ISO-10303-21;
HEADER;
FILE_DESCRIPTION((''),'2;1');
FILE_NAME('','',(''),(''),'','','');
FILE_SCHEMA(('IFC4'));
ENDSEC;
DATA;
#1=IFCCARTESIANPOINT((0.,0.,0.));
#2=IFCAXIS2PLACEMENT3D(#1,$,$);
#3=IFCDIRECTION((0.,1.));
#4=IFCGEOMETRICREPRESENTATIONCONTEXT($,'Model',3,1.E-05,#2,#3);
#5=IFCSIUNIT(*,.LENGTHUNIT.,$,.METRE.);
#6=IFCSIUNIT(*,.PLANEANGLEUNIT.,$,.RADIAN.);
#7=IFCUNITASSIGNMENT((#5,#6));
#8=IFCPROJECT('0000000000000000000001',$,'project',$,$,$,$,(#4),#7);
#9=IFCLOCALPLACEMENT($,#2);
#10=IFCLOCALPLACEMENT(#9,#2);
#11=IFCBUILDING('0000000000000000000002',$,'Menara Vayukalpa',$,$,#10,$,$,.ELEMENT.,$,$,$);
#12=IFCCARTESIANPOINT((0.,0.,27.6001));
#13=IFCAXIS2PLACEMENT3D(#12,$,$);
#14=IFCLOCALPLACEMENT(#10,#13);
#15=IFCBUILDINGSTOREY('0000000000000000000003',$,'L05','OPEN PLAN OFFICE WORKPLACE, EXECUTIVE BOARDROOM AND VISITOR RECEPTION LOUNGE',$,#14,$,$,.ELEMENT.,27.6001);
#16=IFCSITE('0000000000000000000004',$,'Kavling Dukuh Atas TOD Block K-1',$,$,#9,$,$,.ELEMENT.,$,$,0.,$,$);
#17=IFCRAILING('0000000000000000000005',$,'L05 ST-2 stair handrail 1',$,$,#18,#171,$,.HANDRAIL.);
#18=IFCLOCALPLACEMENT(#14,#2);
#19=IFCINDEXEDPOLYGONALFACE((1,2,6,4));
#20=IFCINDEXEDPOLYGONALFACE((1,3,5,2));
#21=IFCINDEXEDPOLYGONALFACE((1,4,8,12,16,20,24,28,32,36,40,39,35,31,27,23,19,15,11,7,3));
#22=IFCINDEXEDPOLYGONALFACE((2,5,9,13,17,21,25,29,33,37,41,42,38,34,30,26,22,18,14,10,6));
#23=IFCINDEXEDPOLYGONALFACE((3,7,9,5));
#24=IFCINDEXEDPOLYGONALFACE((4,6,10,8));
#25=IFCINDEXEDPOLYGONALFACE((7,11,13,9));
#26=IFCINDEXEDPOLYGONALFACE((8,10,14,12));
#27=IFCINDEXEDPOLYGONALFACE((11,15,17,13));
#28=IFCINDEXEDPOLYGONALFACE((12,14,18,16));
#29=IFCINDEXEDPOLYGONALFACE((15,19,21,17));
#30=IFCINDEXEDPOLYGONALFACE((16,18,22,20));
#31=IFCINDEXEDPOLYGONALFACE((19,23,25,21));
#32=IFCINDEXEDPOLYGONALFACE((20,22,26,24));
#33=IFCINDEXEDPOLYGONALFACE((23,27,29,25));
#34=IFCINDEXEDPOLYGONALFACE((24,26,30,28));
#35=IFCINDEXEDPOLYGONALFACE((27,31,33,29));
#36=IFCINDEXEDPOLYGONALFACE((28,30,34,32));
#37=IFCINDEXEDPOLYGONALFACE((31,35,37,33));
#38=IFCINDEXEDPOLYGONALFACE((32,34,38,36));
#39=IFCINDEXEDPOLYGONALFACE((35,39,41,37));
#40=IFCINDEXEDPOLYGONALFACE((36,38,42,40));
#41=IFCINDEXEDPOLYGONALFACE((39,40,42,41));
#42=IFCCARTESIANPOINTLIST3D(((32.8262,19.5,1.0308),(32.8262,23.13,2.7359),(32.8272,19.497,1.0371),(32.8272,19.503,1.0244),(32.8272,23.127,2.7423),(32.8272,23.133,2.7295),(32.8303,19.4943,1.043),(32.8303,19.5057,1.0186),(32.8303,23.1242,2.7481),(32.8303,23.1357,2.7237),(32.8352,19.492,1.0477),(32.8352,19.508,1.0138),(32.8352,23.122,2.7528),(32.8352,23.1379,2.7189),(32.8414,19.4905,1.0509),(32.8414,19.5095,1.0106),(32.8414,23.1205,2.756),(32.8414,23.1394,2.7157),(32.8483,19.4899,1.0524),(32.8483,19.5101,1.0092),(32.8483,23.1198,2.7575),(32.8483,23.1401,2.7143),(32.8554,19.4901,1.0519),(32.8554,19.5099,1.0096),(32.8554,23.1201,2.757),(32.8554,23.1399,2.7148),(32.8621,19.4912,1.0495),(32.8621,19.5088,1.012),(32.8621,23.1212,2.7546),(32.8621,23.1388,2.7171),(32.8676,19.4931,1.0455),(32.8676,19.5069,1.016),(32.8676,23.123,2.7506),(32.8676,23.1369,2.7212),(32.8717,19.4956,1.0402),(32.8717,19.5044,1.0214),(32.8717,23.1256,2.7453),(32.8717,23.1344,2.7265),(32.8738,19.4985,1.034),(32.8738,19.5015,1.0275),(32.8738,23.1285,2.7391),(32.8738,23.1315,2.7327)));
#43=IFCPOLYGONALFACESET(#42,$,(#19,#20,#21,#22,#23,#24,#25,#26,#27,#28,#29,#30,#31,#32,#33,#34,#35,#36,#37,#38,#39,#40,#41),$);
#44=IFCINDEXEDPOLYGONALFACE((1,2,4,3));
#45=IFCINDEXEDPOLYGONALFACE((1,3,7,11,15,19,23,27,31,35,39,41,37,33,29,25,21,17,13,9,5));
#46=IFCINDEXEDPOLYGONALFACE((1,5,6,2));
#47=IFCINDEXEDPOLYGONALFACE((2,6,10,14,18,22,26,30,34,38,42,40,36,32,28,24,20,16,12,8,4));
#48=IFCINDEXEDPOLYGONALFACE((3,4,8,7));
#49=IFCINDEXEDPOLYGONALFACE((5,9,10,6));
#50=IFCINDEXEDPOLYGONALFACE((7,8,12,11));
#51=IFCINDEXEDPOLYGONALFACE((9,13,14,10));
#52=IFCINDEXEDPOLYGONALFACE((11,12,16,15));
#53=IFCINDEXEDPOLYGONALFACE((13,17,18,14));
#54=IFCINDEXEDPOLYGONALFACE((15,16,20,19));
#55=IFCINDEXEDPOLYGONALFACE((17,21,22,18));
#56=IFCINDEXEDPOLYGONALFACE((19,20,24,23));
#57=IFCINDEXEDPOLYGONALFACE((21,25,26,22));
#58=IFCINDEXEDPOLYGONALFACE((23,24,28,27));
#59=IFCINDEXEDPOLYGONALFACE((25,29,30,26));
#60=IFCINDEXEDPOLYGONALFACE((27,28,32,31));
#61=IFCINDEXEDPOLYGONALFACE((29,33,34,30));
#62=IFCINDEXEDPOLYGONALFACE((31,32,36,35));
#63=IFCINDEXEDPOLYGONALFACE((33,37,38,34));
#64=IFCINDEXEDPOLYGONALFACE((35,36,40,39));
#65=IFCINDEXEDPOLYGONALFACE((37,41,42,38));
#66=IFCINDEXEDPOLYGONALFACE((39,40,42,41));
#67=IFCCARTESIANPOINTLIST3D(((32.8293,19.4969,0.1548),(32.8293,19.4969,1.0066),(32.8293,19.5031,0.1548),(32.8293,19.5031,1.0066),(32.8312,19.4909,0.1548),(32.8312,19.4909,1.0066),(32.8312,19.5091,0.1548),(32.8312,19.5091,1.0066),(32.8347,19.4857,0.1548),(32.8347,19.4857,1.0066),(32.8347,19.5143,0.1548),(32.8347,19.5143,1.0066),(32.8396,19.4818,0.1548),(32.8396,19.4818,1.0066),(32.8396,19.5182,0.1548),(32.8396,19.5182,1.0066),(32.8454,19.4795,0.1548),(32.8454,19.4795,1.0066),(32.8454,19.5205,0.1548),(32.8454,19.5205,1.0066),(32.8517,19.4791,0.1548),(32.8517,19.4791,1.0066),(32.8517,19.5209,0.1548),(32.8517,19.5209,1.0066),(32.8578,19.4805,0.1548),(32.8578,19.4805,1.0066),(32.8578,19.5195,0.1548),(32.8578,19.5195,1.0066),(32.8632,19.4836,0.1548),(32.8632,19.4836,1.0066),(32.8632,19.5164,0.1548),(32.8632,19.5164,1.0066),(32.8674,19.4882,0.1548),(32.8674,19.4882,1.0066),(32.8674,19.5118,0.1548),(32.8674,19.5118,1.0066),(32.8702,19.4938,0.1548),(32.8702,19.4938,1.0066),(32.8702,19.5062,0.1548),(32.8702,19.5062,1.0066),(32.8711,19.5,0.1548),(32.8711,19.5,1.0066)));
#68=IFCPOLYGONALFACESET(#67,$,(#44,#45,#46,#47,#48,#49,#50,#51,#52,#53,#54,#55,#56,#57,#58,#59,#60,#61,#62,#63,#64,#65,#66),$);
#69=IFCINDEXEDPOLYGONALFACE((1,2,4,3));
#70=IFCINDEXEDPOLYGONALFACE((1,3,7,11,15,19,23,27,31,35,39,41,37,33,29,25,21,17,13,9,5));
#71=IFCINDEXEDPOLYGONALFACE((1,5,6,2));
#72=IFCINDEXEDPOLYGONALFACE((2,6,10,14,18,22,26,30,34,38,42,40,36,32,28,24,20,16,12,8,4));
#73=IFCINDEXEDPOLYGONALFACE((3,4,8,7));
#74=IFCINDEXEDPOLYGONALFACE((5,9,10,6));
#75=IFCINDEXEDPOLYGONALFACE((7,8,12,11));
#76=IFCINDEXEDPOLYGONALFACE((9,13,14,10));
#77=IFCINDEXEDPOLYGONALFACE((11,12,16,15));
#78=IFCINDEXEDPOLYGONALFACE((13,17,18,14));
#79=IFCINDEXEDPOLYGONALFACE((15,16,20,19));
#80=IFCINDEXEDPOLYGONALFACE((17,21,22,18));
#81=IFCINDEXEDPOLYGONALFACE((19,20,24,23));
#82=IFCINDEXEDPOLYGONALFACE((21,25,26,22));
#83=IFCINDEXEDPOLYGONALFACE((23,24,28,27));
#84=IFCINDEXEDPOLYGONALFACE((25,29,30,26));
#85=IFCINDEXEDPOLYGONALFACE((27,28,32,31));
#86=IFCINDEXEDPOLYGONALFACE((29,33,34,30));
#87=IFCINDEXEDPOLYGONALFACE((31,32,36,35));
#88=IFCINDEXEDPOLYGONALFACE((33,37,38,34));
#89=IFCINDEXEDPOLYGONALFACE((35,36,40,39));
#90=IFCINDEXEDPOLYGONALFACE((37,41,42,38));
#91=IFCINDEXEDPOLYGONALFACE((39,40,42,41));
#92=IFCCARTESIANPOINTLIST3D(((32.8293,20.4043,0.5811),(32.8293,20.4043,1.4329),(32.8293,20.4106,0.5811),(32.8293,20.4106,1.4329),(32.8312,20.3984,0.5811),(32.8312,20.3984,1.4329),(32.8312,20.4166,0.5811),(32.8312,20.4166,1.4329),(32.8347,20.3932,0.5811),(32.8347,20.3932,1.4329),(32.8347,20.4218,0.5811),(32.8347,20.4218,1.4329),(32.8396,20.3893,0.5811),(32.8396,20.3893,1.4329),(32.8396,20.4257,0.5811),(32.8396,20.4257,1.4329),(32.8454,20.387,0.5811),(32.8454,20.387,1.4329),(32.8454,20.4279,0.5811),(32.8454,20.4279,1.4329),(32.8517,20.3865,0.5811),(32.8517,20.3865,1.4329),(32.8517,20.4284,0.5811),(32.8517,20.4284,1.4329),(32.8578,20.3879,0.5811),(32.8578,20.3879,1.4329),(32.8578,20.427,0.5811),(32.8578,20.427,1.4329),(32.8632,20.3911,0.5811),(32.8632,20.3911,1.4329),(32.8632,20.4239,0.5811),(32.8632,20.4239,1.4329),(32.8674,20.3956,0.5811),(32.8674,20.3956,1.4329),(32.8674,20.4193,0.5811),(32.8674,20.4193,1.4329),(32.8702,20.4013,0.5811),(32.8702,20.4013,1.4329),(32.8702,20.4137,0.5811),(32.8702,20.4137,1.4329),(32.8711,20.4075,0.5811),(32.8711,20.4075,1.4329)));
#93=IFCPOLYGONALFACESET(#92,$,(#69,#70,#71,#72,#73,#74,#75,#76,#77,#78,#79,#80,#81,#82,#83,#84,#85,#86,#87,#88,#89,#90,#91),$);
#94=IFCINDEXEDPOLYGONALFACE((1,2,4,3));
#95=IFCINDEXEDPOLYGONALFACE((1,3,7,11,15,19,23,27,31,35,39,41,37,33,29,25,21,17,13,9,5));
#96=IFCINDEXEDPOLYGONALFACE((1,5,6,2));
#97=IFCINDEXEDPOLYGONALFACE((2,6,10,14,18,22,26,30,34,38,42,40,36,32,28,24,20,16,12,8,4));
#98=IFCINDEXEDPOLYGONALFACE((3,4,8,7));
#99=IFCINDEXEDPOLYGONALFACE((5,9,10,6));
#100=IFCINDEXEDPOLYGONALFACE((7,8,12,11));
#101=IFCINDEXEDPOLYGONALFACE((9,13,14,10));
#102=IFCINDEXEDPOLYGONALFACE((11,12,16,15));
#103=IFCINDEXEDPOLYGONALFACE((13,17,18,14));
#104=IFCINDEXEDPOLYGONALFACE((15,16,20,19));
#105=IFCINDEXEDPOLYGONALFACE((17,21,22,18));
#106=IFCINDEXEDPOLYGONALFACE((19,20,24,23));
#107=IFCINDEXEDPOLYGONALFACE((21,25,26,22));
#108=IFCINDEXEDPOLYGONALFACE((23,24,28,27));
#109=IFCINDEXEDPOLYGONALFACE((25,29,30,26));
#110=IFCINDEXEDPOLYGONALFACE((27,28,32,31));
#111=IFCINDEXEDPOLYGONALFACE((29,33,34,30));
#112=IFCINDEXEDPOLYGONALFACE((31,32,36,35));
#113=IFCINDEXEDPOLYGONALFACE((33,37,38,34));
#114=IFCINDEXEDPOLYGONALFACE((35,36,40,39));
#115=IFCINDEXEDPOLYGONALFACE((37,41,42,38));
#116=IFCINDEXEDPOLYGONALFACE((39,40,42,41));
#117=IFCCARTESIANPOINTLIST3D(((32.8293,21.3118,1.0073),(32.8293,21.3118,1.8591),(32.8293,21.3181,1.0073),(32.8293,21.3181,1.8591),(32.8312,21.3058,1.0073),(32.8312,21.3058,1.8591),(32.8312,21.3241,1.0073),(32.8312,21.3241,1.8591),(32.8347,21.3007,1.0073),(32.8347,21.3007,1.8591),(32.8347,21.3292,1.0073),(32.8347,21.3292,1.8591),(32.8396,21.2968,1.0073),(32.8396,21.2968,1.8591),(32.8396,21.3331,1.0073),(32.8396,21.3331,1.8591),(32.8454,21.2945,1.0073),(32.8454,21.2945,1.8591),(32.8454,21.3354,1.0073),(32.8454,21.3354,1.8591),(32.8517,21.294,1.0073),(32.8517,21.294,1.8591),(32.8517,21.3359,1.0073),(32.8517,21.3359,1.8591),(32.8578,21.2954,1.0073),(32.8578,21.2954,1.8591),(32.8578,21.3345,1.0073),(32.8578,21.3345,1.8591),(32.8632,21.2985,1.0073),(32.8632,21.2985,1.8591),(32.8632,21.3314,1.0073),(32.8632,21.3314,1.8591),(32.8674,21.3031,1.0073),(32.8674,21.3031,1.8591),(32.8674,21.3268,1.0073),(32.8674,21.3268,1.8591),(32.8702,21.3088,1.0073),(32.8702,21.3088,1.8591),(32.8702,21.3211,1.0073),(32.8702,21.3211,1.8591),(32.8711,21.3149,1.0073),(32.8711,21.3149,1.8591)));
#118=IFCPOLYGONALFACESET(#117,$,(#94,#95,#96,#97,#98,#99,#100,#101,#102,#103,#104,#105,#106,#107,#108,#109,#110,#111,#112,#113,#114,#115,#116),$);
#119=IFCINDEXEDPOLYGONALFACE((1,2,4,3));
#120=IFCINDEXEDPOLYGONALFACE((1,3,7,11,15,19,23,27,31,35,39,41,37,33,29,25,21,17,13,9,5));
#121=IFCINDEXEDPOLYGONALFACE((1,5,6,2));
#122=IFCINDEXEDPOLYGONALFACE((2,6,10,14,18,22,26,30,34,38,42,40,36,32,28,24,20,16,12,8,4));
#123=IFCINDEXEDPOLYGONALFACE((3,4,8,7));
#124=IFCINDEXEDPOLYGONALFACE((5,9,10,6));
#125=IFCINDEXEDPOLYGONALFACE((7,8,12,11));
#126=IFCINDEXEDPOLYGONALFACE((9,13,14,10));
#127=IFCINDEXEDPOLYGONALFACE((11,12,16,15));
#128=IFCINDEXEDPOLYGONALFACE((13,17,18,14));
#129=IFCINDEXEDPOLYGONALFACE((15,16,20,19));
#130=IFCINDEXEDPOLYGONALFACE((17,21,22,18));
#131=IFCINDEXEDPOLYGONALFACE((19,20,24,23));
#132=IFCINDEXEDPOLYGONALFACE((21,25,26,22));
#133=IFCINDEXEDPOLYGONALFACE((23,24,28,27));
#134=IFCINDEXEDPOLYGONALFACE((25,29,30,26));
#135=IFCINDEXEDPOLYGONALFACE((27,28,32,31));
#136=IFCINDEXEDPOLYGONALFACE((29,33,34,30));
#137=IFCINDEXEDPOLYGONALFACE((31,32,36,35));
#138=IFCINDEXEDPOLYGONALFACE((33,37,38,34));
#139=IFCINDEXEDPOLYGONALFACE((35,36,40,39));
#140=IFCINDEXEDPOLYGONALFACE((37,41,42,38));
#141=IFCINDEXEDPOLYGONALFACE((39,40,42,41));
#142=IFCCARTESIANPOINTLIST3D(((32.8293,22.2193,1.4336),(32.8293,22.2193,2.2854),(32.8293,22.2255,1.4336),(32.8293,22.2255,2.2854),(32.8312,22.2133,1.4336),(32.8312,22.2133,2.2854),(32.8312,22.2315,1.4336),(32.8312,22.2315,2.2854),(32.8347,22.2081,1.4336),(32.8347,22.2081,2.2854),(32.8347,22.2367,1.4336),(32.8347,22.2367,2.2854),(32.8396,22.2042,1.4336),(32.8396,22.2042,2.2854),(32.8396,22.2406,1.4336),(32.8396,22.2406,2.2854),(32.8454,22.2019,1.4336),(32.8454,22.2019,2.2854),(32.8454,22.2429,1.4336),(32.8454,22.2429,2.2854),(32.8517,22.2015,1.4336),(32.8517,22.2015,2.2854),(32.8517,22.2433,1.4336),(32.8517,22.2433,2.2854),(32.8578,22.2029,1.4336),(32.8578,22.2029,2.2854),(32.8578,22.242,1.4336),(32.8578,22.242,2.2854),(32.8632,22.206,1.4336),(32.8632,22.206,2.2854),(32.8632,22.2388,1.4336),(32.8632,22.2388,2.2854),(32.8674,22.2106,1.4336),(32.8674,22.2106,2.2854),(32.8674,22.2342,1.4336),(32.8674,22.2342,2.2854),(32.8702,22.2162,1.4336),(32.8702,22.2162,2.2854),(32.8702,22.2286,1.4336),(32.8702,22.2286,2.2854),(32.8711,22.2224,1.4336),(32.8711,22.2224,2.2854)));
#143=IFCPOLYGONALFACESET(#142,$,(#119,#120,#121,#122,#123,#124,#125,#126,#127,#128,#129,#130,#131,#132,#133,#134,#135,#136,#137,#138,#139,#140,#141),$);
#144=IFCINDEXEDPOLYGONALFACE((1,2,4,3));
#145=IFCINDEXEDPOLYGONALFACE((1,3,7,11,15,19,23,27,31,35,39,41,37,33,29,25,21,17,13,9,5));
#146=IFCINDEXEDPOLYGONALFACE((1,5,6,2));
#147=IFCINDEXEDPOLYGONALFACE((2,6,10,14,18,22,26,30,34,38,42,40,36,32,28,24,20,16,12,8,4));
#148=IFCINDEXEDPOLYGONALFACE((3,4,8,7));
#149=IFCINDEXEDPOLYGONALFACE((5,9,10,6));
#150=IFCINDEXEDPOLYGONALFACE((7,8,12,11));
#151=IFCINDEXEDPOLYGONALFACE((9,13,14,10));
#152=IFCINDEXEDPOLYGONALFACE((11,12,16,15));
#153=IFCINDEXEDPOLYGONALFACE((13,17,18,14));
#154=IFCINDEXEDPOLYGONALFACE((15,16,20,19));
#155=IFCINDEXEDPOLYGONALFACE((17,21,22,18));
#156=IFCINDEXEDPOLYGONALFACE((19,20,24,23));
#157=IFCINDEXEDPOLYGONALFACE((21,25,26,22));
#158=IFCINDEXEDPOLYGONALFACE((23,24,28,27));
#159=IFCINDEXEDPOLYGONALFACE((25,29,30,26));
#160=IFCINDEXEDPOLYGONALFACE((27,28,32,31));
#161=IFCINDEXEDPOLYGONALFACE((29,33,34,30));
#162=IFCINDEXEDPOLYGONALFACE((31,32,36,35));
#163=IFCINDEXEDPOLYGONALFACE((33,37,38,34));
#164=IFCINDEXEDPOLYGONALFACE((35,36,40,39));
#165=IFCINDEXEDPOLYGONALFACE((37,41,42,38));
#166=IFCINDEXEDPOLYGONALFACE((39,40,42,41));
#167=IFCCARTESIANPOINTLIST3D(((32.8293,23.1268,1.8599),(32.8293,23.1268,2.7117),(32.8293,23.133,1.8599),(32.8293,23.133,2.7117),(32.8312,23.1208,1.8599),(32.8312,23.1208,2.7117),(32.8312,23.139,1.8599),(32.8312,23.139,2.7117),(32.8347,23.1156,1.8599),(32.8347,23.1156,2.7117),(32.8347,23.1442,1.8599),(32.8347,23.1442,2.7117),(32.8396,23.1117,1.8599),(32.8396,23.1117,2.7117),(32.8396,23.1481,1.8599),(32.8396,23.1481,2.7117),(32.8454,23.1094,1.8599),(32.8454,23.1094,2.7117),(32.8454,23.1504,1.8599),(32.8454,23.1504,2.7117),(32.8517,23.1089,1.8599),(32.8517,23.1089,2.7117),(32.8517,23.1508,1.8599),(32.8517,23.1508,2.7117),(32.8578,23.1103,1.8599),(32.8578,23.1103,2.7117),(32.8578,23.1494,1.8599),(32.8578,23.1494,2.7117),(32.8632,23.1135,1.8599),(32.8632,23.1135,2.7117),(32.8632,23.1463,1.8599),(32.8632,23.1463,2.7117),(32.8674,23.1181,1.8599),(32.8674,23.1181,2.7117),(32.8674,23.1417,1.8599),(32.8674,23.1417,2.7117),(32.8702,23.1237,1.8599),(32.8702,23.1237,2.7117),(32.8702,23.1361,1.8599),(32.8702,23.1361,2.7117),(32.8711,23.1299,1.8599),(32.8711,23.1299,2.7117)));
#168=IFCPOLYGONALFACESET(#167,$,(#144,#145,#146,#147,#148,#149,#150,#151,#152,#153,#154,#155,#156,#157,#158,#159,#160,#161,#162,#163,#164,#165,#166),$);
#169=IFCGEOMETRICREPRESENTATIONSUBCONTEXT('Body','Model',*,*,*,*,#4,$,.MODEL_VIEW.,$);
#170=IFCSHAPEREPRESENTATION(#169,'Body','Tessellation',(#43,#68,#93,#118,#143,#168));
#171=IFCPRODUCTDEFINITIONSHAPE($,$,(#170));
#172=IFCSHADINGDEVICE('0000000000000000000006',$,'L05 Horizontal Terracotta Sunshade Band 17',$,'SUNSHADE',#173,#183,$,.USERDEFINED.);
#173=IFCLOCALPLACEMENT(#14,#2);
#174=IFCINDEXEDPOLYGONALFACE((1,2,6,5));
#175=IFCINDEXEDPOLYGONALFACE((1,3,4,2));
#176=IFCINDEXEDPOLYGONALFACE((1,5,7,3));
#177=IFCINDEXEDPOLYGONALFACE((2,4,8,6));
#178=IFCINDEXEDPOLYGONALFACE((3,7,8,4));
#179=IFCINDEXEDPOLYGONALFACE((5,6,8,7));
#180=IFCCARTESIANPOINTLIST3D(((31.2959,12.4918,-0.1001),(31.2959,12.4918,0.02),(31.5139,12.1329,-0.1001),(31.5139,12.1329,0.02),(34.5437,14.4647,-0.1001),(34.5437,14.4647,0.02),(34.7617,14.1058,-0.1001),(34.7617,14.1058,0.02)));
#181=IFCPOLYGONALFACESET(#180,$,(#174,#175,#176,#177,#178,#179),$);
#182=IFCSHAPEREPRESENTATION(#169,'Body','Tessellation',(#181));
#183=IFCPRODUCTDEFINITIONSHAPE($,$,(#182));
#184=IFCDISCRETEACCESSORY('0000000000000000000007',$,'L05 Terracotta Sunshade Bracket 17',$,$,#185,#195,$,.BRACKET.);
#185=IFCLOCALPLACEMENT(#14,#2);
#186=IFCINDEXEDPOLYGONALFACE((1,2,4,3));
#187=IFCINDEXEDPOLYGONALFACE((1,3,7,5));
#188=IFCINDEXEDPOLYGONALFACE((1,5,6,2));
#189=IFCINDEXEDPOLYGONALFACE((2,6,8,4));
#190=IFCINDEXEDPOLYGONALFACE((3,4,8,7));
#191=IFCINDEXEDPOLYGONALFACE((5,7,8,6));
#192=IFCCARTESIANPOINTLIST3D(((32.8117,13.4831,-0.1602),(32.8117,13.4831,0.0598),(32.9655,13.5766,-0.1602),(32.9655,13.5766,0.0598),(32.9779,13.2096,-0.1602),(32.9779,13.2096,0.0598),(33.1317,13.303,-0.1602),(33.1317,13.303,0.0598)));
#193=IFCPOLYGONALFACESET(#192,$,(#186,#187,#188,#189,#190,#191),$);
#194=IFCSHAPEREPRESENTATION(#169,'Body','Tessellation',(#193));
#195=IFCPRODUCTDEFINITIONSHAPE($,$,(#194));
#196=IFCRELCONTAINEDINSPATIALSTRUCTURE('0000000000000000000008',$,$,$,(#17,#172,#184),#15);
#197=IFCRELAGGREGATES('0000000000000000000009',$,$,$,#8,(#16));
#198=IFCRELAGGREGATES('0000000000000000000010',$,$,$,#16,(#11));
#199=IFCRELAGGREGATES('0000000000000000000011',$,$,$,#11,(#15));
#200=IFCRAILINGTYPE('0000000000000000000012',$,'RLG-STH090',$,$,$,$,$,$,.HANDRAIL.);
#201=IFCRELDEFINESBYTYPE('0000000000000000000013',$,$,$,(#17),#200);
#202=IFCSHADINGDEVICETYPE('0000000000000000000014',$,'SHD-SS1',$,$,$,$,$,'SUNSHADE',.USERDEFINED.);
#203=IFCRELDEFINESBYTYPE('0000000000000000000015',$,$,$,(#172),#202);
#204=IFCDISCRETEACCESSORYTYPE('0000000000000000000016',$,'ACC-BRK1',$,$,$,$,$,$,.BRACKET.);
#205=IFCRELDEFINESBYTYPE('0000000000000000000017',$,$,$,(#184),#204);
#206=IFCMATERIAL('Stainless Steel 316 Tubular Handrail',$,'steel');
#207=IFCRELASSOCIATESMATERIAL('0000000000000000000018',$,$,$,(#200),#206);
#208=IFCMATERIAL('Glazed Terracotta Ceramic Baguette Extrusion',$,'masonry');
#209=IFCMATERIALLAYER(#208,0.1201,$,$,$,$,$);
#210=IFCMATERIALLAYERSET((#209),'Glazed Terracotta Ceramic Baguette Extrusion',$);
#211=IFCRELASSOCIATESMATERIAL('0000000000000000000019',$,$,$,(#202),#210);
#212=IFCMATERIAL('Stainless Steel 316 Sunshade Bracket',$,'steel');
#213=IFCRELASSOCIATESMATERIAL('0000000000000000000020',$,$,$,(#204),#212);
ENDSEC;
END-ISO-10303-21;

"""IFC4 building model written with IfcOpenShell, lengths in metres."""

from ifc_helpers import new_model, si_unit, direction, frame, origin, origin_2d, place, context, subcontext, project, spatial, rectangle, circle, extrude, material, layer, layer_set, type_object, element, save


model = new_model("IFC4")

# Units and contexts
model_context = context("Model", 3, precision=1e-05, world=origin(), true_north=direction((0.0, 1.0)))
body_context = subcontext(model_context, "Body", "Model", "MODEL_VIEW")
ifc_project = project(units=[si_unit("LENGTHUNIT", "METRE"), si_unit("PLANEANGLEUNIT", "RADIAN")], contexts=[model_context])

# Site, building, storey
site_placement = place(None, origin())
site = spatial("IfcSite", under=ifc_project, at=site_placement, Name="Kavling Dukuh Atas TOD Block K-1", CompositionType="ELEMENT", RefElevation=0.0)
building_placement = place(site_placement, origin())
building = spatial("IfcBuilding", under=site, at=building_placement, Name="Menara Vayukalpa", CompositionType="ELEMENT")
storey_placement = place(building_placement, frame((0.0, 0.0, 27.6001)))
storey = spatial("IfcBuildingStorey", under=building, at=storey_placement, Name="L05", Description="OPEN PLAN OFFICE WORKPLACE, EXECUTIVE BOARDROOM AND VISITOR RECEPTION LOUNGE", CompositionType="ELEMENT", Elevation=27.6001)

# Railing
ifc_material_1 = material(Name="Stainless Steel 316 Tubular Handrail", Category="steel")
railing_type_1 = type_object("IfcRailingType", Name="RLG-STH090", PredefinedType="HANDRAIL", material=ifc_material_1)
railing_1_placement = place(storey_placement, frame((32.8501, 19.5, 0.1548)))
element("IfcRailing", 1, at=railing_1_placement, inside=storey, type_object=railing_type_1, Name="L05 ST-2 stair handrail 1", PredefinedType="HANDRAIL", context=body_context, shape_type="SweptSolid", body=[
    extrude(circle(Radius=0.0239, at=origin_2d()), frame((0.0, 0.0, 0.876), z_axis=(0.0, 0.905116, 0.425164), x_axis=(-1.0, 0.0, 0.0)), (0.0, 0.0, 1.0), 4.0105),
    extrude(circle(Radius=0.021, at=origin_2d()), origin(), (0.0, 0.0, 1.0), 0.8518),
    extrude(circle(Radius=0.021, at=origin_2d()), frame((0.0, 0.9075, 0.4263)), (0.0, 0.0, 1.0), 0.8518),
    extrude(circle(Radius=0.021, at=origin_2d()), frame((0.0, 1.8149, 0.8525)), (0.0, 0.0, 1.0), 0.8518),
    extrude(circle(Radius=0.021, at=origin_2d()), frame((0.0, 2.7224, 1.2788)), (0.0, 0.0, 1.0), 0.8518),
    extrude(circle(Radius=0.021, at=origin_2d()), frame((0.0, 3.6299, 1.7051)), (0.0, 0.0, 1.0), 0.8518),
])

# Shading device
ifc_material_2 = material(Name="Glazed Terracotta Ceramic Baguette Extrusion", Category="masonry")
ifc_layer_1 = layer(ifc_material_2, 0.1201)
ifc_layer_set_1 = layer_set([ifc_layer_1], Name="Glazed Terracotta Ceramic Baguette Extrusion")
shading_device_type = type_object("IfcShadingDeviceType", Name="SHD-SS1", ElementType="SUNSHADE", PredefinedType="USERDEFINED", material=ifc_layer_set_1)
shading_device_placement = place(storey_placement, frame((33.0288, 13.2988, -0.1001), z_axis=(0.0, 0.0, 1.0), x_axis=(0.854667, 0.519176, 0.0)))
element("IfcShadingDevice", 2, at=shading_device_placement, inside=storey, type_object=shading_device_type, Name="L05 Horizontal Terracotta Sunshade Band 17", ObjectType="SUNSHADE", PredefinedType="USERDEFINED", context=body_context, shape_type="SweptSolid", body=[
    extrude(rectangle(XDim=3.8, YDim=0.4199, at=origin_2d()), origin(), (0.0, 0.0, 1.0), 0.1201),
])

# Discrete accessory
ifc_material_3 = material(Name="Stainless Steel 316 Sunshade Bracket", Category="steel")
discrete_accessory_type = type_object("IfcDiscreteAccessoryType", Name="ACC-BRK1", PredefinedType="BRACKET", material=ifc_material_3)
discrete_accessory_placement = place(storey_placement, frame((32.9717, 13.3931, -0.1602), z_axis=(0.0, 0.0, 1.0), x_axis=(0.854667, 0.519176, 0.0)))
element("IfcDiscreteAccessory", 3, at=discrete_accessory_placement, inside=storey, type_object=discrete_accessory_type, Name="L05 Terracotta Sunshade Bracket 17", PredefinedType="BRACKET", context=body_context, shape_type="SweptSolid", body=[
    extrude(rectangle(XDim=0.1799, YDim=0.3201, at=origin_2d()), origin(), (0.0, 0.0, 1.0), 0.22),
])

save(model, "model.ifc")
